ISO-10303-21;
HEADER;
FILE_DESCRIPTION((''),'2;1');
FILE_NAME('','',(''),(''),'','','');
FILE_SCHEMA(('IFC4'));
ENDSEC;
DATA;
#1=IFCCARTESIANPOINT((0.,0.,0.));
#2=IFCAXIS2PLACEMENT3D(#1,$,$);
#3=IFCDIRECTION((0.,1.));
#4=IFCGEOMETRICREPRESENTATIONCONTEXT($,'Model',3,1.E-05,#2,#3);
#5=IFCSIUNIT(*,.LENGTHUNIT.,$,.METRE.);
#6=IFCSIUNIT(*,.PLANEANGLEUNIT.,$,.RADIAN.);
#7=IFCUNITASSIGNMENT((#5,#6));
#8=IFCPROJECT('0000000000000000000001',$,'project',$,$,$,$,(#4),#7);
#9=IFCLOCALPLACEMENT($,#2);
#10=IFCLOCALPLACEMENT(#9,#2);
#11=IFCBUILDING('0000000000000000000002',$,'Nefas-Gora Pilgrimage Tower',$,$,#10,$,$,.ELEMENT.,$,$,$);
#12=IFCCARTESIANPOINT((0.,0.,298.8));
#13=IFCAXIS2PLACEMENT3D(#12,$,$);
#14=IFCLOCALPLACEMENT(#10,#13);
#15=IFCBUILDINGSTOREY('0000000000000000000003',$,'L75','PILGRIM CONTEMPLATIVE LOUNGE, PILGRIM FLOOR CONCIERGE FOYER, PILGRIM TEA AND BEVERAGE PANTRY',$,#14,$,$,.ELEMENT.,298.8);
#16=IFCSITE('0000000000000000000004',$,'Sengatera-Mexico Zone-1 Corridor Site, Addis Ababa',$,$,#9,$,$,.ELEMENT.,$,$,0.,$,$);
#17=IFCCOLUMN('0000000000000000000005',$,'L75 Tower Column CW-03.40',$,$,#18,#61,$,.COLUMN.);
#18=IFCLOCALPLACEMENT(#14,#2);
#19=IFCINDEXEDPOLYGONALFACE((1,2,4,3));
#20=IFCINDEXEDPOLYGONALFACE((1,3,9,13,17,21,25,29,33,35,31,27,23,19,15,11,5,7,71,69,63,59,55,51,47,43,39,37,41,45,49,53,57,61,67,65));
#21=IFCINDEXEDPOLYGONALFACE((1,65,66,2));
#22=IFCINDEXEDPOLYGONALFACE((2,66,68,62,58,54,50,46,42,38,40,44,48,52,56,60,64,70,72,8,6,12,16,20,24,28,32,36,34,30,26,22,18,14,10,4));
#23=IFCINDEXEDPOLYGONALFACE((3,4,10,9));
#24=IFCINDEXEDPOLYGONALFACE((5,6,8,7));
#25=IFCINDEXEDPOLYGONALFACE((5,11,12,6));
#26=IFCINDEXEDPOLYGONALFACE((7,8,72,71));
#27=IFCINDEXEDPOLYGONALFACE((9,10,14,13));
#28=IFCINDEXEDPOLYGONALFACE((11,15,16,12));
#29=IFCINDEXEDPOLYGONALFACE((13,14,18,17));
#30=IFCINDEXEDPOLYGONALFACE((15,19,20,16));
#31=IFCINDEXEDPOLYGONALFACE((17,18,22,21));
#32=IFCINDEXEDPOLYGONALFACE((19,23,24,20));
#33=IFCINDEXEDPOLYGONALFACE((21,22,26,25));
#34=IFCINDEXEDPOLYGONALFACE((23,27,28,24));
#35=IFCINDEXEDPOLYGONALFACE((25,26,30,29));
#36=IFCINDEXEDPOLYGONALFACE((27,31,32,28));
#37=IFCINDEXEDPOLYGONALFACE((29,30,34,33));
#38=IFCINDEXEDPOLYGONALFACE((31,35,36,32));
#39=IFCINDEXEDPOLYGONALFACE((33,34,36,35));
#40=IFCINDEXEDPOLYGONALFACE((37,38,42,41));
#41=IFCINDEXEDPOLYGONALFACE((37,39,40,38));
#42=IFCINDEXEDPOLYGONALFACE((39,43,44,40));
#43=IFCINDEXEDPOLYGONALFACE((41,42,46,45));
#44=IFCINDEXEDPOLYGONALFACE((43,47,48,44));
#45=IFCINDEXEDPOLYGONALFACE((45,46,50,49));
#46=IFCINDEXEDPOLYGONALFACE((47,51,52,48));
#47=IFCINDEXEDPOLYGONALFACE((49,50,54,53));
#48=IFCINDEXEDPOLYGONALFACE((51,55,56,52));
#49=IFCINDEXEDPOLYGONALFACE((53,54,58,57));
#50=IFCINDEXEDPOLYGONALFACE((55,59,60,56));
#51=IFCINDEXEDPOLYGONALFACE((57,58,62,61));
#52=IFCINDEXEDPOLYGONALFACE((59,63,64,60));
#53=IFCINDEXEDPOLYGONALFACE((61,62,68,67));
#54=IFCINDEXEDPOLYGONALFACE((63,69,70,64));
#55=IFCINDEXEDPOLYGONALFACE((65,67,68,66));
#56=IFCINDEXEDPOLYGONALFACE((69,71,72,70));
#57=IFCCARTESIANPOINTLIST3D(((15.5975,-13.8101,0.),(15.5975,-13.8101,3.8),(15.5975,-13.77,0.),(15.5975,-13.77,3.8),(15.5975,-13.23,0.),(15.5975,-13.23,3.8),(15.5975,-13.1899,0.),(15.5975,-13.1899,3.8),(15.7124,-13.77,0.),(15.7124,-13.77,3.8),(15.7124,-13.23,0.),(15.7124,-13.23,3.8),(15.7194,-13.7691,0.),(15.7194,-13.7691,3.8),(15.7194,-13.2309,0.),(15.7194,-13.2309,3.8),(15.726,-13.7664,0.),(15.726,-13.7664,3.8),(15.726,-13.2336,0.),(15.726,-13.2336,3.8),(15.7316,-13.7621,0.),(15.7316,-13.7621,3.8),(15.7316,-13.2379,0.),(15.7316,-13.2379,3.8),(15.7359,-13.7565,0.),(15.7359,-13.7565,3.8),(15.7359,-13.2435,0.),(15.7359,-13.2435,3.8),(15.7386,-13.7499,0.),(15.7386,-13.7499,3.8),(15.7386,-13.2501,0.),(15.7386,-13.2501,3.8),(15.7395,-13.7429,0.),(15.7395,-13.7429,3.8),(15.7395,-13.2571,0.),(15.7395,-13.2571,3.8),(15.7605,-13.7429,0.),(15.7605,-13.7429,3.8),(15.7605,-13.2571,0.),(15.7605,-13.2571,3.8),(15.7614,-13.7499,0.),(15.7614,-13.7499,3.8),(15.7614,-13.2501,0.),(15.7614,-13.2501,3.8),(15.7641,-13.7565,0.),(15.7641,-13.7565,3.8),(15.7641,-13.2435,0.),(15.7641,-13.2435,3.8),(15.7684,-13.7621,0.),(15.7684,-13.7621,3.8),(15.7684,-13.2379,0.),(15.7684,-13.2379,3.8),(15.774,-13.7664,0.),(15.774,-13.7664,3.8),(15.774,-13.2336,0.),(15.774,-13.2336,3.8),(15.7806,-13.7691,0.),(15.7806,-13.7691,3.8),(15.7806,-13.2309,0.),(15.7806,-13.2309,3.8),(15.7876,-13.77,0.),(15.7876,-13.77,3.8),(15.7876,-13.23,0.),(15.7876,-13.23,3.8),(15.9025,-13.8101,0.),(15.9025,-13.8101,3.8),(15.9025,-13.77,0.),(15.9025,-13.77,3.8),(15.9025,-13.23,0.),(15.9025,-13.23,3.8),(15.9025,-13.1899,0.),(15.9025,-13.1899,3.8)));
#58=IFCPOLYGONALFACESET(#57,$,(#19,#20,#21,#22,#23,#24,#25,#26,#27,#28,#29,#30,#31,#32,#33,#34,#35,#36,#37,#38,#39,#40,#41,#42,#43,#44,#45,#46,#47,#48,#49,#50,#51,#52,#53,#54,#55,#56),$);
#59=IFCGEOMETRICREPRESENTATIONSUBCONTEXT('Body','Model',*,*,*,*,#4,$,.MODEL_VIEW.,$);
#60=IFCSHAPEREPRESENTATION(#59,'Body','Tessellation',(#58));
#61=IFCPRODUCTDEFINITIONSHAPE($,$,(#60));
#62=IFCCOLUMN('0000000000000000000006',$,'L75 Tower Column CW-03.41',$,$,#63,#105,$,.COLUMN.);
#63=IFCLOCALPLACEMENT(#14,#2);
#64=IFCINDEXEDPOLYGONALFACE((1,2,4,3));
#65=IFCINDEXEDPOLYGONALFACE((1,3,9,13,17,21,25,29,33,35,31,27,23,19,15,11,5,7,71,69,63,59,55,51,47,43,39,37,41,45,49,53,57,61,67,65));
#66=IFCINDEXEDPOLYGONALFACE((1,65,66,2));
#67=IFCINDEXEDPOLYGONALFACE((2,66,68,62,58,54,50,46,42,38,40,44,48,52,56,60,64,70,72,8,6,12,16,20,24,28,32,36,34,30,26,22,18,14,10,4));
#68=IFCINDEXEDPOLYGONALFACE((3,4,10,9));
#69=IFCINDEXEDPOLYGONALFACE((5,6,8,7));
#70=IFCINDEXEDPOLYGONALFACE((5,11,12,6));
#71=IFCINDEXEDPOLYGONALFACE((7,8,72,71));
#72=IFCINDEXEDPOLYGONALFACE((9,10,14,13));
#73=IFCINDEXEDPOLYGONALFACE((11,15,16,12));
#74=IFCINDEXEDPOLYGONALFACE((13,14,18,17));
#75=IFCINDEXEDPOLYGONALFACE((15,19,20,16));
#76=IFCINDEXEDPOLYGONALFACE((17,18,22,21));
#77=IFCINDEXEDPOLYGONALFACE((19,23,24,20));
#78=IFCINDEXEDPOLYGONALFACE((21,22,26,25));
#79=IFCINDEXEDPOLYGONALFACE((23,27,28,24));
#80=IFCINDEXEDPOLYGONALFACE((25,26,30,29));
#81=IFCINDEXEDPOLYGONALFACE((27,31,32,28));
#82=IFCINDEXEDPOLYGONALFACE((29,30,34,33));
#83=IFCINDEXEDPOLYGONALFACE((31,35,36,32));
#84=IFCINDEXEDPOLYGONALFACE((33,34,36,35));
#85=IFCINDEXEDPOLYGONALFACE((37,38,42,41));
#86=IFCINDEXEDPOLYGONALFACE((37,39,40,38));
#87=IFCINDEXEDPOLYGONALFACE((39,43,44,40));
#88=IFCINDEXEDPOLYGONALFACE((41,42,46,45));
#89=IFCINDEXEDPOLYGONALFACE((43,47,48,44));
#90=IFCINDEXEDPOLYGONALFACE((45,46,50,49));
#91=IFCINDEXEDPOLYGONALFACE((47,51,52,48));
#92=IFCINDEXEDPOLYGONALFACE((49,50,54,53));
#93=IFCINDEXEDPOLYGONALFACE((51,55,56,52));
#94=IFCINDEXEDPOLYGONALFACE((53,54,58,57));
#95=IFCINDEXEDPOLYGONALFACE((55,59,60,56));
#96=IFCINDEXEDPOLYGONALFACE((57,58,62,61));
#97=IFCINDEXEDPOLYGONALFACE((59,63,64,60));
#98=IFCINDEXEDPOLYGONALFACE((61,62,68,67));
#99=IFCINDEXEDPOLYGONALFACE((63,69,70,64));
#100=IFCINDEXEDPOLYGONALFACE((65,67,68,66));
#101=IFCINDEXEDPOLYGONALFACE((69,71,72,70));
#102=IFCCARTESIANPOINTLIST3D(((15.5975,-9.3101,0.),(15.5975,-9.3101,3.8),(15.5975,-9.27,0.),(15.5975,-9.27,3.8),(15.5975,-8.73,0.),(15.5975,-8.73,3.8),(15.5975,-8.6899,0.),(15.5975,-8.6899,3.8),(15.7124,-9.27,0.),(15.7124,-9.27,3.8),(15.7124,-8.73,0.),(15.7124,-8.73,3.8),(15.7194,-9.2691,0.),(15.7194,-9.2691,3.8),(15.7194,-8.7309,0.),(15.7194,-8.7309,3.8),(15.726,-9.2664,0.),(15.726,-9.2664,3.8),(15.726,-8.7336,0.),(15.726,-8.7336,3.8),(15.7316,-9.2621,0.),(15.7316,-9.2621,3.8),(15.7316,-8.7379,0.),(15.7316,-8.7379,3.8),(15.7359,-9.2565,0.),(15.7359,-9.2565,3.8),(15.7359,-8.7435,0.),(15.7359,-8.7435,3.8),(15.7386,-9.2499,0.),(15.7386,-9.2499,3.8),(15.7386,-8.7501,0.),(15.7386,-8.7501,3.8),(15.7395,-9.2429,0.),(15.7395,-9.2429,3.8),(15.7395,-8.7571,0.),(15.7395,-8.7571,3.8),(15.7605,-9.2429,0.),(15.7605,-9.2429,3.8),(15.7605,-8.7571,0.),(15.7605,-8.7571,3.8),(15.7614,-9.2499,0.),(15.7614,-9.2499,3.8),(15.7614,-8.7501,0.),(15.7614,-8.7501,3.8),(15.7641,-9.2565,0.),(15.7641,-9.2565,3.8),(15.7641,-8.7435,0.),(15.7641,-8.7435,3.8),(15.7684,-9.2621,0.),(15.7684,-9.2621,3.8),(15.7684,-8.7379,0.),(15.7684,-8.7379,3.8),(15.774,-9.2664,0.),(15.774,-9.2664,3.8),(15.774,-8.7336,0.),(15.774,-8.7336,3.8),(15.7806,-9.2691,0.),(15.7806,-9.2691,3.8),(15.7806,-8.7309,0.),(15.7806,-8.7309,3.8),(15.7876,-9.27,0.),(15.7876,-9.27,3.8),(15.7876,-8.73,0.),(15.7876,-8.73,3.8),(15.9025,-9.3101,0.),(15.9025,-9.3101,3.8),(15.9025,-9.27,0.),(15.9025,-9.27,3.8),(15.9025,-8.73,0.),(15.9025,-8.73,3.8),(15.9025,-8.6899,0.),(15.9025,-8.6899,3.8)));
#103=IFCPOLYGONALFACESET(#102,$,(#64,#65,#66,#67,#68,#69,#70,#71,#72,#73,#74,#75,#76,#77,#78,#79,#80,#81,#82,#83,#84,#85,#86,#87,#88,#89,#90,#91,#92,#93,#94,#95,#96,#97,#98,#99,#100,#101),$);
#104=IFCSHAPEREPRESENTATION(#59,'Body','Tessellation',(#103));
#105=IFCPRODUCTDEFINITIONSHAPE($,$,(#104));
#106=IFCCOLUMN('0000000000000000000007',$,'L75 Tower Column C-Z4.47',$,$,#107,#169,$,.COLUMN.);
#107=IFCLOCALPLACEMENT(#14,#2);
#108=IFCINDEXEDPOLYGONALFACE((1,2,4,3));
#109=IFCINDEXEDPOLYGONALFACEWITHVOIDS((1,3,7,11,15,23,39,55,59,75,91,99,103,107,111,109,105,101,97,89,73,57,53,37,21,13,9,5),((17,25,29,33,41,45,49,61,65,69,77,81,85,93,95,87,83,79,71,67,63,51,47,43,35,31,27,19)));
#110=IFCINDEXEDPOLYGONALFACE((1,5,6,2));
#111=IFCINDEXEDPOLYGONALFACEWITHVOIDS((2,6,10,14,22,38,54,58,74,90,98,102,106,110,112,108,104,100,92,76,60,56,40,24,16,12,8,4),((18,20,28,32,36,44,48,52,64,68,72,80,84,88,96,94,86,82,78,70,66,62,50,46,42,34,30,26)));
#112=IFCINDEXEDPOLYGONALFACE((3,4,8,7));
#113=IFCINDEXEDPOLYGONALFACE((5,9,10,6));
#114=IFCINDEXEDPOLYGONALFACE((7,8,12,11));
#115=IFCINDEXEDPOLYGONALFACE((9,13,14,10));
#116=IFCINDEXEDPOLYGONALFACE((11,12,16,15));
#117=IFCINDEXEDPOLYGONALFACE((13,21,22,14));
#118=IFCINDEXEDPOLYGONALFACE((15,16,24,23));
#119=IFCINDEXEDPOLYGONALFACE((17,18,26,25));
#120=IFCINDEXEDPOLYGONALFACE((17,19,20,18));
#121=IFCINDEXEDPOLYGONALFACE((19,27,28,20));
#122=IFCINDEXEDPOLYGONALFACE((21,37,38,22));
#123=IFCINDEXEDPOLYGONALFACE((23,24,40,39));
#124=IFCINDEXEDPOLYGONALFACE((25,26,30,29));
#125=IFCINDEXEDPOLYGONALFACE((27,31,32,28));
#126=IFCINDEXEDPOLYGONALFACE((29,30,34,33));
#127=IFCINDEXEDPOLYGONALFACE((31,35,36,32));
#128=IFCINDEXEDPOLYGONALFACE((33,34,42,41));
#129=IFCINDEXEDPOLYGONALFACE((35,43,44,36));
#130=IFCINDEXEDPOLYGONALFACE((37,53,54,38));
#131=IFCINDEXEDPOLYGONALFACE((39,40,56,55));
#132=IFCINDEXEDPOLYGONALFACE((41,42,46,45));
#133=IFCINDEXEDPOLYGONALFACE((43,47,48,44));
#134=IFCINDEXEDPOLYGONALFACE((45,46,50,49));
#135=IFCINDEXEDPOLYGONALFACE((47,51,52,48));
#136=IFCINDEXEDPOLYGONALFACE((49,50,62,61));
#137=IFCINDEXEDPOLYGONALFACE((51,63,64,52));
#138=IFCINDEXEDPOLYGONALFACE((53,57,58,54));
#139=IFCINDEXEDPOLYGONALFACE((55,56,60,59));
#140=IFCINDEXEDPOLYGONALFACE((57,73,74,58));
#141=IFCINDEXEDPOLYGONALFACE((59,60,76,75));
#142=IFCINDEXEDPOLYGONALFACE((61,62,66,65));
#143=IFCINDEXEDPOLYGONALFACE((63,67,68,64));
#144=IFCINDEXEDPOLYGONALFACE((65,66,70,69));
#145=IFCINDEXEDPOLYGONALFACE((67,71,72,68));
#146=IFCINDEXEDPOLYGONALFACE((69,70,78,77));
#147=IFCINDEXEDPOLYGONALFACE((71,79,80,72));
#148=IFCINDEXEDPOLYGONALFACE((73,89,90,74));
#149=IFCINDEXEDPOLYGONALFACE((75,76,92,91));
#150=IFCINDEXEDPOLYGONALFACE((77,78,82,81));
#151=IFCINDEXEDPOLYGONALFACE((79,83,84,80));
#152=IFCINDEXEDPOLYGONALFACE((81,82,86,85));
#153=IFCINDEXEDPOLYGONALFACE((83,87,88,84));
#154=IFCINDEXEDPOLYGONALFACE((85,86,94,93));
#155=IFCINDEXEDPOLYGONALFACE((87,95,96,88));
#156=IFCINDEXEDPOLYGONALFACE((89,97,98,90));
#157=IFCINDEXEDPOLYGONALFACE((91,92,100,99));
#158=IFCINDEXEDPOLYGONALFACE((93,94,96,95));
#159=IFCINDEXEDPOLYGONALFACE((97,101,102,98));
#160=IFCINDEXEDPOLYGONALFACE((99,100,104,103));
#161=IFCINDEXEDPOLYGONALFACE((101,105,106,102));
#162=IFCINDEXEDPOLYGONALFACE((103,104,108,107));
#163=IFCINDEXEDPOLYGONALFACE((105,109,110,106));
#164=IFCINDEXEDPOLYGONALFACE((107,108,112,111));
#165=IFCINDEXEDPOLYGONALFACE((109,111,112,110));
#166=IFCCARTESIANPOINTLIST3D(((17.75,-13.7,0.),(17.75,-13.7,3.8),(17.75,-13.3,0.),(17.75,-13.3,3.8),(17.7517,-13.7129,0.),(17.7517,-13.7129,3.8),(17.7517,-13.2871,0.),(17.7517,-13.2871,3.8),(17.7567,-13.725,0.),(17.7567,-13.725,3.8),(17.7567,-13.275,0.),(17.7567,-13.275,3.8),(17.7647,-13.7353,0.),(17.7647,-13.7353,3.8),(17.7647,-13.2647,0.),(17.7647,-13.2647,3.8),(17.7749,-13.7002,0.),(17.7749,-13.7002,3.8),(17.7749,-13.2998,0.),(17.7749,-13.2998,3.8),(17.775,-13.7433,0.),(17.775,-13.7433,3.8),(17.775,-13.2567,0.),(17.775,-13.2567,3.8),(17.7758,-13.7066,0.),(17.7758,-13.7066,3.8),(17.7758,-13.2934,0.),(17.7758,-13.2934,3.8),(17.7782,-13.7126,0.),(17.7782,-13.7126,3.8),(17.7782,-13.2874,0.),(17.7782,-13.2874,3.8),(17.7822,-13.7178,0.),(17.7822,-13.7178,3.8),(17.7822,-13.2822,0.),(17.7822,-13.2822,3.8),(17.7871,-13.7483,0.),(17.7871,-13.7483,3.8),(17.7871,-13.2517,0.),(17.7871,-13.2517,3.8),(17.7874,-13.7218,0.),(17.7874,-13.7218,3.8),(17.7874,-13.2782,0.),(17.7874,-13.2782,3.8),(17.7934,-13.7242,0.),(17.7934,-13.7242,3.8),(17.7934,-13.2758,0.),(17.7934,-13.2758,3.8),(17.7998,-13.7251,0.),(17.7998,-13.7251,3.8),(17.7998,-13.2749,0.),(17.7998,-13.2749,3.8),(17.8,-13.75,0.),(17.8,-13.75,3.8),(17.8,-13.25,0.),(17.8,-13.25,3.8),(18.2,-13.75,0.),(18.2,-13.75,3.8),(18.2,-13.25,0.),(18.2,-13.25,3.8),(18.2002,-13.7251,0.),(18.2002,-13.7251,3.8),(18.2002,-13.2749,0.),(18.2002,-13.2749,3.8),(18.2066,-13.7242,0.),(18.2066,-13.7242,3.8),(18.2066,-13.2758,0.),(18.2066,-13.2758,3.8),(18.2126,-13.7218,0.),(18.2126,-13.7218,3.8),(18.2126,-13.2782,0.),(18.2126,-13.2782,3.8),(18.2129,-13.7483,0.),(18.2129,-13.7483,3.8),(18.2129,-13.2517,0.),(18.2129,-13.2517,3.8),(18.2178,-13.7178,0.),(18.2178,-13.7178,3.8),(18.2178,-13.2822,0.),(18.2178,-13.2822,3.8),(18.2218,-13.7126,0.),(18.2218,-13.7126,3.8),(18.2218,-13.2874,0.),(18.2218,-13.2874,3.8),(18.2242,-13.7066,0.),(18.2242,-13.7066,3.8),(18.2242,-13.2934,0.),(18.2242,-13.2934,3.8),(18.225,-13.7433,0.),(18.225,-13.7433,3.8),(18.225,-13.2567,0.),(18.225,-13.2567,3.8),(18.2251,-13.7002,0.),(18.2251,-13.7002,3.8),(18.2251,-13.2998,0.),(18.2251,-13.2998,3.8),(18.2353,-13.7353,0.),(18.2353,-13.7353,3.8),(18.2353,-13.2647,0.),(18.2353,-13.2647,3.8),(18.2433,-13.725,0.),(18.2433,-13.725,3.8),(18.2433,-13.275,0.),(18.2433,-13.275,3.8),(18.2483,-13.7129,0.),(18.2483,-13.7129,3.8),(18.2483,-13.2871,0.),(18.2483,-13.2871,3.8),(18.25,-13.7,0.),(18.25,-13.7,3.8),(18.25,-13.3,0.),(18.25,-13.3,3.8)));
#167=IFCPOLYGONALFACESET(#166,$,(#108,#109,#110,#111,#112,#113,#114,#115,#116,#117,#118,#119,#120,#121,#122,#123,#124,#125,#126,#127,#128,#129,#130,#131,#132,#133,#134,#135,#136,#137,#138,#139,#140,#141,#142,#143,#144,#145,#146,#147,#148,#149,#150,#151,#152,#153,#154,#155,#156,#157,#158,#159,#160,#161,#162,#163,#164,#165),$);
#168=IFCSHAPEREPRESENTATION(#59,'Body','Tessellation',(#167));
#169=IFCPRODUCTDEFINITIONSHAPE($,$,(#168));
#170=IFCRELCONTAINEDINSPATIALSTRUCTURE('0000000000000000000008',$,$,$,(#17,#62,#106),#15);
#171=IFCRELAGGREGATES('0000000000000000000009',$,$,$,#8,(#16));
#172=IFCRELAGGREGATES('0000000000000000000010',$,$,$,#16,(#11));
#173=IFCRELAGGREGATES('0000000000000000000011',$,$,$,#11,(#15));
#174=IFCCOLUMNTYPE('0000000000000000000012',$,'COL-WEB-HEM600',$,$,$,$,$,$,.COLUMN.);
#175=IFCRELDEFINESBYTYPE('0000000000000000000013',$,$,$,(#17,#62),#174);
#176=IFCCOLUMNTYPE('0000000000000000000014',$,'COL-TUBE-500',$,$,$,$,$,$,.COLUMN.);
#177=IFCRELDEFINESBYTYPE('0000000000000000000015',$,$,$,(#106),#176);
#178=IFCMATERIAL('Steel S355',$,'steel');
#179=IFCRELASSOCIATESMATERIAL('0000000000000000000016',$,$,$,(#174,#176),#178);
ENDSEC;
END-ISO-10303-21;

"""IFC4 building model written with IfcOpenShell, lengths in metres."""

from ifc_helpers import new_model, si_unit, direction, frame, origin, origin_2d, place, context, subcontext, project, spatial, hollow_rectangle, i_section, extrude, source, transform, mapped, material, material_profile, profile_set, type_object, element, save


model = new_model("IFC4")

# Units and contexts
model_context = context("Model", 3, precision=1e-05, world=origin(), true_north=direction((0.0, 1.0)))
body_context = subcontext(model_context, "Body", "Model", "MODEL_VIEW")
ifc_project = project(units=[si_unit("LENGTHUNIT", "METRE"), si_unit("PLANEANGLEUNIT", "RADIAN")], contexts=[model_context])

# Site, building, storey
site_placement = place(None, origin())
site = spatial("IfcSite", under=ifc_project, at=site_placement, Name="Sengatera-Mexico Zone-1 Corridor Site, Addis Ababa", CompositionType="ELEMENT", RefElevation=0.0)
building_placement = place(site_placement, origin())
building = spatial("IfcBuilding", under=site, at=building_placement, Name="Nefas-Gora Pilgrimage Tower", CompositionType="ELEMENT")
storey_placement = place(building_placement, frame((0.0, 0.0, 298.8)))
storey = spatial("IfcBuildingStorey", under=building, at=storey_placement, Name="L75", Description="PILGRIM CONTEMPLATIVE LOUNGE, PILGRIM FLOOR CONCIERGE FOYER, PILGRIM TEA AND BEVERAGE PANTRY", CompositionType="ELEMENT", Elevation=298.8)

# Columns
ifc_material_1 = material(Name="Steel S355", Category="steel")
ifc_material_profile_1 = material_profile(ifc_material_1, i_section(OverallWidth=0.3049, OverallDepth=0.6201, WebThickness=0.021, FlangeThickness=0.04, FilletRadius=0.0271, at=origin_2d()), Name="HEM 600")
ifc_profile_set_1 = profile_set([ifc_material_profile_1], Name="Steel S355")
column_type_1 = type_object("IfcColumnType", Name="COL-WEB-HEM600", PredefinedType="COLUMN", material=ifc_profile_set_1)
shared_shape_1 = source(origin(), body_context, "Body", "SweptSolid", [
    extrude(i_section(OverallWidth=0.3049, OverallDepth=0.6201, WebThickness=0.021, FlangeThickness=0.04, FilletRadius=0.0271, at=origin_2d()), origin(), (0.0, 0.0, 1.0), 3.8),
])
for number, where, z_axis, x_axis, name in (
    (1, (15.75, -13.5, 0.0), (0.0, 0.0, 1.0), (1.0, 0.0, 0.0), "L75 Tower Column CW-03.40"),
    (2, (15.75, -9.0, 0.0), (0.0, 0.0, 1.0), (1.0, 0.0, 0.0), "L75 Tower Column CW-03.41"),
):
    element("IfcColumn", number, at=place(storey_placement, frame(where, z_axis=z_axis, x_axis=x_axis)), inside=storey, type_object=column_type_1, Name=name, PredefinedType="COLUMN", context=body_context, shape_type="MappedRepresentation", body=[
        mapped(shared_shape_1, transform((0.0, 0.0, 0.0), x_axis=(1.0, 0.0, 0.0), y_axis=(0.0, 1.0, 0.0), z_axis=(0.0, 0.0, 1.0), scale=1.0)),
    ])
ifc_material_profile_2 = material_profile(ifc_material_1, hollow_rectangle(XDim=0.5, YDim=0.5, WallThickness=0.0249, InnerFilletRadius=0.0249, OuterFilletRadius=0.05, at=origin_2d()), Name="SHS 500x500x25")
ifc_profile_set_2 = profile_set([ifc_material_profile_2], Name="Steel S355")
column_type_2 = type_object("IfcColumnType", Name="COL-TUBE-500", PredefinedType="COLUMN", material=ifc_profile_set_2)
shared_shape_2 = source(origin(), body_context, "Body", "SweptSolid", [
    extrude(hollow_rectangle(XDim=0.5, YDim=0.5, WallThickness=0.0249, InnerFilletRadius=0.0249, OuterFilletRadius=0.05, at=origin_2d()), origin(), (0.0, 0.0, 1.0), 3.8),
])
for number, where, z_axis, x_axis, name in (
    (3, (18.0, -13.5, 0.0), (0.0, 0.0, 1.0), (1.0, 0.0, 0.0), "L75 Tower Column C-Z4.47"),
):
    element("IfcColumn", number, at=place(storey_placement, frame(where, z_axis=z_axis, x_axis=x_axis)), inside=storey, type_object=column_type_2, Name=name, PredefinedType="COLUMN", context=body_context, shape_type="MappedRepresentation", body=[
        mapped(shared_shape_2, transform((0.0, 0.0, 0.0), x_axis=(1.0, 0.0, 0.0), y_axis=(0.0, 1.0, 0.0), z_axis=(0.0, 0.0, 1.0), scale=1.0)),
    ])

save(model, "model.ifc")
